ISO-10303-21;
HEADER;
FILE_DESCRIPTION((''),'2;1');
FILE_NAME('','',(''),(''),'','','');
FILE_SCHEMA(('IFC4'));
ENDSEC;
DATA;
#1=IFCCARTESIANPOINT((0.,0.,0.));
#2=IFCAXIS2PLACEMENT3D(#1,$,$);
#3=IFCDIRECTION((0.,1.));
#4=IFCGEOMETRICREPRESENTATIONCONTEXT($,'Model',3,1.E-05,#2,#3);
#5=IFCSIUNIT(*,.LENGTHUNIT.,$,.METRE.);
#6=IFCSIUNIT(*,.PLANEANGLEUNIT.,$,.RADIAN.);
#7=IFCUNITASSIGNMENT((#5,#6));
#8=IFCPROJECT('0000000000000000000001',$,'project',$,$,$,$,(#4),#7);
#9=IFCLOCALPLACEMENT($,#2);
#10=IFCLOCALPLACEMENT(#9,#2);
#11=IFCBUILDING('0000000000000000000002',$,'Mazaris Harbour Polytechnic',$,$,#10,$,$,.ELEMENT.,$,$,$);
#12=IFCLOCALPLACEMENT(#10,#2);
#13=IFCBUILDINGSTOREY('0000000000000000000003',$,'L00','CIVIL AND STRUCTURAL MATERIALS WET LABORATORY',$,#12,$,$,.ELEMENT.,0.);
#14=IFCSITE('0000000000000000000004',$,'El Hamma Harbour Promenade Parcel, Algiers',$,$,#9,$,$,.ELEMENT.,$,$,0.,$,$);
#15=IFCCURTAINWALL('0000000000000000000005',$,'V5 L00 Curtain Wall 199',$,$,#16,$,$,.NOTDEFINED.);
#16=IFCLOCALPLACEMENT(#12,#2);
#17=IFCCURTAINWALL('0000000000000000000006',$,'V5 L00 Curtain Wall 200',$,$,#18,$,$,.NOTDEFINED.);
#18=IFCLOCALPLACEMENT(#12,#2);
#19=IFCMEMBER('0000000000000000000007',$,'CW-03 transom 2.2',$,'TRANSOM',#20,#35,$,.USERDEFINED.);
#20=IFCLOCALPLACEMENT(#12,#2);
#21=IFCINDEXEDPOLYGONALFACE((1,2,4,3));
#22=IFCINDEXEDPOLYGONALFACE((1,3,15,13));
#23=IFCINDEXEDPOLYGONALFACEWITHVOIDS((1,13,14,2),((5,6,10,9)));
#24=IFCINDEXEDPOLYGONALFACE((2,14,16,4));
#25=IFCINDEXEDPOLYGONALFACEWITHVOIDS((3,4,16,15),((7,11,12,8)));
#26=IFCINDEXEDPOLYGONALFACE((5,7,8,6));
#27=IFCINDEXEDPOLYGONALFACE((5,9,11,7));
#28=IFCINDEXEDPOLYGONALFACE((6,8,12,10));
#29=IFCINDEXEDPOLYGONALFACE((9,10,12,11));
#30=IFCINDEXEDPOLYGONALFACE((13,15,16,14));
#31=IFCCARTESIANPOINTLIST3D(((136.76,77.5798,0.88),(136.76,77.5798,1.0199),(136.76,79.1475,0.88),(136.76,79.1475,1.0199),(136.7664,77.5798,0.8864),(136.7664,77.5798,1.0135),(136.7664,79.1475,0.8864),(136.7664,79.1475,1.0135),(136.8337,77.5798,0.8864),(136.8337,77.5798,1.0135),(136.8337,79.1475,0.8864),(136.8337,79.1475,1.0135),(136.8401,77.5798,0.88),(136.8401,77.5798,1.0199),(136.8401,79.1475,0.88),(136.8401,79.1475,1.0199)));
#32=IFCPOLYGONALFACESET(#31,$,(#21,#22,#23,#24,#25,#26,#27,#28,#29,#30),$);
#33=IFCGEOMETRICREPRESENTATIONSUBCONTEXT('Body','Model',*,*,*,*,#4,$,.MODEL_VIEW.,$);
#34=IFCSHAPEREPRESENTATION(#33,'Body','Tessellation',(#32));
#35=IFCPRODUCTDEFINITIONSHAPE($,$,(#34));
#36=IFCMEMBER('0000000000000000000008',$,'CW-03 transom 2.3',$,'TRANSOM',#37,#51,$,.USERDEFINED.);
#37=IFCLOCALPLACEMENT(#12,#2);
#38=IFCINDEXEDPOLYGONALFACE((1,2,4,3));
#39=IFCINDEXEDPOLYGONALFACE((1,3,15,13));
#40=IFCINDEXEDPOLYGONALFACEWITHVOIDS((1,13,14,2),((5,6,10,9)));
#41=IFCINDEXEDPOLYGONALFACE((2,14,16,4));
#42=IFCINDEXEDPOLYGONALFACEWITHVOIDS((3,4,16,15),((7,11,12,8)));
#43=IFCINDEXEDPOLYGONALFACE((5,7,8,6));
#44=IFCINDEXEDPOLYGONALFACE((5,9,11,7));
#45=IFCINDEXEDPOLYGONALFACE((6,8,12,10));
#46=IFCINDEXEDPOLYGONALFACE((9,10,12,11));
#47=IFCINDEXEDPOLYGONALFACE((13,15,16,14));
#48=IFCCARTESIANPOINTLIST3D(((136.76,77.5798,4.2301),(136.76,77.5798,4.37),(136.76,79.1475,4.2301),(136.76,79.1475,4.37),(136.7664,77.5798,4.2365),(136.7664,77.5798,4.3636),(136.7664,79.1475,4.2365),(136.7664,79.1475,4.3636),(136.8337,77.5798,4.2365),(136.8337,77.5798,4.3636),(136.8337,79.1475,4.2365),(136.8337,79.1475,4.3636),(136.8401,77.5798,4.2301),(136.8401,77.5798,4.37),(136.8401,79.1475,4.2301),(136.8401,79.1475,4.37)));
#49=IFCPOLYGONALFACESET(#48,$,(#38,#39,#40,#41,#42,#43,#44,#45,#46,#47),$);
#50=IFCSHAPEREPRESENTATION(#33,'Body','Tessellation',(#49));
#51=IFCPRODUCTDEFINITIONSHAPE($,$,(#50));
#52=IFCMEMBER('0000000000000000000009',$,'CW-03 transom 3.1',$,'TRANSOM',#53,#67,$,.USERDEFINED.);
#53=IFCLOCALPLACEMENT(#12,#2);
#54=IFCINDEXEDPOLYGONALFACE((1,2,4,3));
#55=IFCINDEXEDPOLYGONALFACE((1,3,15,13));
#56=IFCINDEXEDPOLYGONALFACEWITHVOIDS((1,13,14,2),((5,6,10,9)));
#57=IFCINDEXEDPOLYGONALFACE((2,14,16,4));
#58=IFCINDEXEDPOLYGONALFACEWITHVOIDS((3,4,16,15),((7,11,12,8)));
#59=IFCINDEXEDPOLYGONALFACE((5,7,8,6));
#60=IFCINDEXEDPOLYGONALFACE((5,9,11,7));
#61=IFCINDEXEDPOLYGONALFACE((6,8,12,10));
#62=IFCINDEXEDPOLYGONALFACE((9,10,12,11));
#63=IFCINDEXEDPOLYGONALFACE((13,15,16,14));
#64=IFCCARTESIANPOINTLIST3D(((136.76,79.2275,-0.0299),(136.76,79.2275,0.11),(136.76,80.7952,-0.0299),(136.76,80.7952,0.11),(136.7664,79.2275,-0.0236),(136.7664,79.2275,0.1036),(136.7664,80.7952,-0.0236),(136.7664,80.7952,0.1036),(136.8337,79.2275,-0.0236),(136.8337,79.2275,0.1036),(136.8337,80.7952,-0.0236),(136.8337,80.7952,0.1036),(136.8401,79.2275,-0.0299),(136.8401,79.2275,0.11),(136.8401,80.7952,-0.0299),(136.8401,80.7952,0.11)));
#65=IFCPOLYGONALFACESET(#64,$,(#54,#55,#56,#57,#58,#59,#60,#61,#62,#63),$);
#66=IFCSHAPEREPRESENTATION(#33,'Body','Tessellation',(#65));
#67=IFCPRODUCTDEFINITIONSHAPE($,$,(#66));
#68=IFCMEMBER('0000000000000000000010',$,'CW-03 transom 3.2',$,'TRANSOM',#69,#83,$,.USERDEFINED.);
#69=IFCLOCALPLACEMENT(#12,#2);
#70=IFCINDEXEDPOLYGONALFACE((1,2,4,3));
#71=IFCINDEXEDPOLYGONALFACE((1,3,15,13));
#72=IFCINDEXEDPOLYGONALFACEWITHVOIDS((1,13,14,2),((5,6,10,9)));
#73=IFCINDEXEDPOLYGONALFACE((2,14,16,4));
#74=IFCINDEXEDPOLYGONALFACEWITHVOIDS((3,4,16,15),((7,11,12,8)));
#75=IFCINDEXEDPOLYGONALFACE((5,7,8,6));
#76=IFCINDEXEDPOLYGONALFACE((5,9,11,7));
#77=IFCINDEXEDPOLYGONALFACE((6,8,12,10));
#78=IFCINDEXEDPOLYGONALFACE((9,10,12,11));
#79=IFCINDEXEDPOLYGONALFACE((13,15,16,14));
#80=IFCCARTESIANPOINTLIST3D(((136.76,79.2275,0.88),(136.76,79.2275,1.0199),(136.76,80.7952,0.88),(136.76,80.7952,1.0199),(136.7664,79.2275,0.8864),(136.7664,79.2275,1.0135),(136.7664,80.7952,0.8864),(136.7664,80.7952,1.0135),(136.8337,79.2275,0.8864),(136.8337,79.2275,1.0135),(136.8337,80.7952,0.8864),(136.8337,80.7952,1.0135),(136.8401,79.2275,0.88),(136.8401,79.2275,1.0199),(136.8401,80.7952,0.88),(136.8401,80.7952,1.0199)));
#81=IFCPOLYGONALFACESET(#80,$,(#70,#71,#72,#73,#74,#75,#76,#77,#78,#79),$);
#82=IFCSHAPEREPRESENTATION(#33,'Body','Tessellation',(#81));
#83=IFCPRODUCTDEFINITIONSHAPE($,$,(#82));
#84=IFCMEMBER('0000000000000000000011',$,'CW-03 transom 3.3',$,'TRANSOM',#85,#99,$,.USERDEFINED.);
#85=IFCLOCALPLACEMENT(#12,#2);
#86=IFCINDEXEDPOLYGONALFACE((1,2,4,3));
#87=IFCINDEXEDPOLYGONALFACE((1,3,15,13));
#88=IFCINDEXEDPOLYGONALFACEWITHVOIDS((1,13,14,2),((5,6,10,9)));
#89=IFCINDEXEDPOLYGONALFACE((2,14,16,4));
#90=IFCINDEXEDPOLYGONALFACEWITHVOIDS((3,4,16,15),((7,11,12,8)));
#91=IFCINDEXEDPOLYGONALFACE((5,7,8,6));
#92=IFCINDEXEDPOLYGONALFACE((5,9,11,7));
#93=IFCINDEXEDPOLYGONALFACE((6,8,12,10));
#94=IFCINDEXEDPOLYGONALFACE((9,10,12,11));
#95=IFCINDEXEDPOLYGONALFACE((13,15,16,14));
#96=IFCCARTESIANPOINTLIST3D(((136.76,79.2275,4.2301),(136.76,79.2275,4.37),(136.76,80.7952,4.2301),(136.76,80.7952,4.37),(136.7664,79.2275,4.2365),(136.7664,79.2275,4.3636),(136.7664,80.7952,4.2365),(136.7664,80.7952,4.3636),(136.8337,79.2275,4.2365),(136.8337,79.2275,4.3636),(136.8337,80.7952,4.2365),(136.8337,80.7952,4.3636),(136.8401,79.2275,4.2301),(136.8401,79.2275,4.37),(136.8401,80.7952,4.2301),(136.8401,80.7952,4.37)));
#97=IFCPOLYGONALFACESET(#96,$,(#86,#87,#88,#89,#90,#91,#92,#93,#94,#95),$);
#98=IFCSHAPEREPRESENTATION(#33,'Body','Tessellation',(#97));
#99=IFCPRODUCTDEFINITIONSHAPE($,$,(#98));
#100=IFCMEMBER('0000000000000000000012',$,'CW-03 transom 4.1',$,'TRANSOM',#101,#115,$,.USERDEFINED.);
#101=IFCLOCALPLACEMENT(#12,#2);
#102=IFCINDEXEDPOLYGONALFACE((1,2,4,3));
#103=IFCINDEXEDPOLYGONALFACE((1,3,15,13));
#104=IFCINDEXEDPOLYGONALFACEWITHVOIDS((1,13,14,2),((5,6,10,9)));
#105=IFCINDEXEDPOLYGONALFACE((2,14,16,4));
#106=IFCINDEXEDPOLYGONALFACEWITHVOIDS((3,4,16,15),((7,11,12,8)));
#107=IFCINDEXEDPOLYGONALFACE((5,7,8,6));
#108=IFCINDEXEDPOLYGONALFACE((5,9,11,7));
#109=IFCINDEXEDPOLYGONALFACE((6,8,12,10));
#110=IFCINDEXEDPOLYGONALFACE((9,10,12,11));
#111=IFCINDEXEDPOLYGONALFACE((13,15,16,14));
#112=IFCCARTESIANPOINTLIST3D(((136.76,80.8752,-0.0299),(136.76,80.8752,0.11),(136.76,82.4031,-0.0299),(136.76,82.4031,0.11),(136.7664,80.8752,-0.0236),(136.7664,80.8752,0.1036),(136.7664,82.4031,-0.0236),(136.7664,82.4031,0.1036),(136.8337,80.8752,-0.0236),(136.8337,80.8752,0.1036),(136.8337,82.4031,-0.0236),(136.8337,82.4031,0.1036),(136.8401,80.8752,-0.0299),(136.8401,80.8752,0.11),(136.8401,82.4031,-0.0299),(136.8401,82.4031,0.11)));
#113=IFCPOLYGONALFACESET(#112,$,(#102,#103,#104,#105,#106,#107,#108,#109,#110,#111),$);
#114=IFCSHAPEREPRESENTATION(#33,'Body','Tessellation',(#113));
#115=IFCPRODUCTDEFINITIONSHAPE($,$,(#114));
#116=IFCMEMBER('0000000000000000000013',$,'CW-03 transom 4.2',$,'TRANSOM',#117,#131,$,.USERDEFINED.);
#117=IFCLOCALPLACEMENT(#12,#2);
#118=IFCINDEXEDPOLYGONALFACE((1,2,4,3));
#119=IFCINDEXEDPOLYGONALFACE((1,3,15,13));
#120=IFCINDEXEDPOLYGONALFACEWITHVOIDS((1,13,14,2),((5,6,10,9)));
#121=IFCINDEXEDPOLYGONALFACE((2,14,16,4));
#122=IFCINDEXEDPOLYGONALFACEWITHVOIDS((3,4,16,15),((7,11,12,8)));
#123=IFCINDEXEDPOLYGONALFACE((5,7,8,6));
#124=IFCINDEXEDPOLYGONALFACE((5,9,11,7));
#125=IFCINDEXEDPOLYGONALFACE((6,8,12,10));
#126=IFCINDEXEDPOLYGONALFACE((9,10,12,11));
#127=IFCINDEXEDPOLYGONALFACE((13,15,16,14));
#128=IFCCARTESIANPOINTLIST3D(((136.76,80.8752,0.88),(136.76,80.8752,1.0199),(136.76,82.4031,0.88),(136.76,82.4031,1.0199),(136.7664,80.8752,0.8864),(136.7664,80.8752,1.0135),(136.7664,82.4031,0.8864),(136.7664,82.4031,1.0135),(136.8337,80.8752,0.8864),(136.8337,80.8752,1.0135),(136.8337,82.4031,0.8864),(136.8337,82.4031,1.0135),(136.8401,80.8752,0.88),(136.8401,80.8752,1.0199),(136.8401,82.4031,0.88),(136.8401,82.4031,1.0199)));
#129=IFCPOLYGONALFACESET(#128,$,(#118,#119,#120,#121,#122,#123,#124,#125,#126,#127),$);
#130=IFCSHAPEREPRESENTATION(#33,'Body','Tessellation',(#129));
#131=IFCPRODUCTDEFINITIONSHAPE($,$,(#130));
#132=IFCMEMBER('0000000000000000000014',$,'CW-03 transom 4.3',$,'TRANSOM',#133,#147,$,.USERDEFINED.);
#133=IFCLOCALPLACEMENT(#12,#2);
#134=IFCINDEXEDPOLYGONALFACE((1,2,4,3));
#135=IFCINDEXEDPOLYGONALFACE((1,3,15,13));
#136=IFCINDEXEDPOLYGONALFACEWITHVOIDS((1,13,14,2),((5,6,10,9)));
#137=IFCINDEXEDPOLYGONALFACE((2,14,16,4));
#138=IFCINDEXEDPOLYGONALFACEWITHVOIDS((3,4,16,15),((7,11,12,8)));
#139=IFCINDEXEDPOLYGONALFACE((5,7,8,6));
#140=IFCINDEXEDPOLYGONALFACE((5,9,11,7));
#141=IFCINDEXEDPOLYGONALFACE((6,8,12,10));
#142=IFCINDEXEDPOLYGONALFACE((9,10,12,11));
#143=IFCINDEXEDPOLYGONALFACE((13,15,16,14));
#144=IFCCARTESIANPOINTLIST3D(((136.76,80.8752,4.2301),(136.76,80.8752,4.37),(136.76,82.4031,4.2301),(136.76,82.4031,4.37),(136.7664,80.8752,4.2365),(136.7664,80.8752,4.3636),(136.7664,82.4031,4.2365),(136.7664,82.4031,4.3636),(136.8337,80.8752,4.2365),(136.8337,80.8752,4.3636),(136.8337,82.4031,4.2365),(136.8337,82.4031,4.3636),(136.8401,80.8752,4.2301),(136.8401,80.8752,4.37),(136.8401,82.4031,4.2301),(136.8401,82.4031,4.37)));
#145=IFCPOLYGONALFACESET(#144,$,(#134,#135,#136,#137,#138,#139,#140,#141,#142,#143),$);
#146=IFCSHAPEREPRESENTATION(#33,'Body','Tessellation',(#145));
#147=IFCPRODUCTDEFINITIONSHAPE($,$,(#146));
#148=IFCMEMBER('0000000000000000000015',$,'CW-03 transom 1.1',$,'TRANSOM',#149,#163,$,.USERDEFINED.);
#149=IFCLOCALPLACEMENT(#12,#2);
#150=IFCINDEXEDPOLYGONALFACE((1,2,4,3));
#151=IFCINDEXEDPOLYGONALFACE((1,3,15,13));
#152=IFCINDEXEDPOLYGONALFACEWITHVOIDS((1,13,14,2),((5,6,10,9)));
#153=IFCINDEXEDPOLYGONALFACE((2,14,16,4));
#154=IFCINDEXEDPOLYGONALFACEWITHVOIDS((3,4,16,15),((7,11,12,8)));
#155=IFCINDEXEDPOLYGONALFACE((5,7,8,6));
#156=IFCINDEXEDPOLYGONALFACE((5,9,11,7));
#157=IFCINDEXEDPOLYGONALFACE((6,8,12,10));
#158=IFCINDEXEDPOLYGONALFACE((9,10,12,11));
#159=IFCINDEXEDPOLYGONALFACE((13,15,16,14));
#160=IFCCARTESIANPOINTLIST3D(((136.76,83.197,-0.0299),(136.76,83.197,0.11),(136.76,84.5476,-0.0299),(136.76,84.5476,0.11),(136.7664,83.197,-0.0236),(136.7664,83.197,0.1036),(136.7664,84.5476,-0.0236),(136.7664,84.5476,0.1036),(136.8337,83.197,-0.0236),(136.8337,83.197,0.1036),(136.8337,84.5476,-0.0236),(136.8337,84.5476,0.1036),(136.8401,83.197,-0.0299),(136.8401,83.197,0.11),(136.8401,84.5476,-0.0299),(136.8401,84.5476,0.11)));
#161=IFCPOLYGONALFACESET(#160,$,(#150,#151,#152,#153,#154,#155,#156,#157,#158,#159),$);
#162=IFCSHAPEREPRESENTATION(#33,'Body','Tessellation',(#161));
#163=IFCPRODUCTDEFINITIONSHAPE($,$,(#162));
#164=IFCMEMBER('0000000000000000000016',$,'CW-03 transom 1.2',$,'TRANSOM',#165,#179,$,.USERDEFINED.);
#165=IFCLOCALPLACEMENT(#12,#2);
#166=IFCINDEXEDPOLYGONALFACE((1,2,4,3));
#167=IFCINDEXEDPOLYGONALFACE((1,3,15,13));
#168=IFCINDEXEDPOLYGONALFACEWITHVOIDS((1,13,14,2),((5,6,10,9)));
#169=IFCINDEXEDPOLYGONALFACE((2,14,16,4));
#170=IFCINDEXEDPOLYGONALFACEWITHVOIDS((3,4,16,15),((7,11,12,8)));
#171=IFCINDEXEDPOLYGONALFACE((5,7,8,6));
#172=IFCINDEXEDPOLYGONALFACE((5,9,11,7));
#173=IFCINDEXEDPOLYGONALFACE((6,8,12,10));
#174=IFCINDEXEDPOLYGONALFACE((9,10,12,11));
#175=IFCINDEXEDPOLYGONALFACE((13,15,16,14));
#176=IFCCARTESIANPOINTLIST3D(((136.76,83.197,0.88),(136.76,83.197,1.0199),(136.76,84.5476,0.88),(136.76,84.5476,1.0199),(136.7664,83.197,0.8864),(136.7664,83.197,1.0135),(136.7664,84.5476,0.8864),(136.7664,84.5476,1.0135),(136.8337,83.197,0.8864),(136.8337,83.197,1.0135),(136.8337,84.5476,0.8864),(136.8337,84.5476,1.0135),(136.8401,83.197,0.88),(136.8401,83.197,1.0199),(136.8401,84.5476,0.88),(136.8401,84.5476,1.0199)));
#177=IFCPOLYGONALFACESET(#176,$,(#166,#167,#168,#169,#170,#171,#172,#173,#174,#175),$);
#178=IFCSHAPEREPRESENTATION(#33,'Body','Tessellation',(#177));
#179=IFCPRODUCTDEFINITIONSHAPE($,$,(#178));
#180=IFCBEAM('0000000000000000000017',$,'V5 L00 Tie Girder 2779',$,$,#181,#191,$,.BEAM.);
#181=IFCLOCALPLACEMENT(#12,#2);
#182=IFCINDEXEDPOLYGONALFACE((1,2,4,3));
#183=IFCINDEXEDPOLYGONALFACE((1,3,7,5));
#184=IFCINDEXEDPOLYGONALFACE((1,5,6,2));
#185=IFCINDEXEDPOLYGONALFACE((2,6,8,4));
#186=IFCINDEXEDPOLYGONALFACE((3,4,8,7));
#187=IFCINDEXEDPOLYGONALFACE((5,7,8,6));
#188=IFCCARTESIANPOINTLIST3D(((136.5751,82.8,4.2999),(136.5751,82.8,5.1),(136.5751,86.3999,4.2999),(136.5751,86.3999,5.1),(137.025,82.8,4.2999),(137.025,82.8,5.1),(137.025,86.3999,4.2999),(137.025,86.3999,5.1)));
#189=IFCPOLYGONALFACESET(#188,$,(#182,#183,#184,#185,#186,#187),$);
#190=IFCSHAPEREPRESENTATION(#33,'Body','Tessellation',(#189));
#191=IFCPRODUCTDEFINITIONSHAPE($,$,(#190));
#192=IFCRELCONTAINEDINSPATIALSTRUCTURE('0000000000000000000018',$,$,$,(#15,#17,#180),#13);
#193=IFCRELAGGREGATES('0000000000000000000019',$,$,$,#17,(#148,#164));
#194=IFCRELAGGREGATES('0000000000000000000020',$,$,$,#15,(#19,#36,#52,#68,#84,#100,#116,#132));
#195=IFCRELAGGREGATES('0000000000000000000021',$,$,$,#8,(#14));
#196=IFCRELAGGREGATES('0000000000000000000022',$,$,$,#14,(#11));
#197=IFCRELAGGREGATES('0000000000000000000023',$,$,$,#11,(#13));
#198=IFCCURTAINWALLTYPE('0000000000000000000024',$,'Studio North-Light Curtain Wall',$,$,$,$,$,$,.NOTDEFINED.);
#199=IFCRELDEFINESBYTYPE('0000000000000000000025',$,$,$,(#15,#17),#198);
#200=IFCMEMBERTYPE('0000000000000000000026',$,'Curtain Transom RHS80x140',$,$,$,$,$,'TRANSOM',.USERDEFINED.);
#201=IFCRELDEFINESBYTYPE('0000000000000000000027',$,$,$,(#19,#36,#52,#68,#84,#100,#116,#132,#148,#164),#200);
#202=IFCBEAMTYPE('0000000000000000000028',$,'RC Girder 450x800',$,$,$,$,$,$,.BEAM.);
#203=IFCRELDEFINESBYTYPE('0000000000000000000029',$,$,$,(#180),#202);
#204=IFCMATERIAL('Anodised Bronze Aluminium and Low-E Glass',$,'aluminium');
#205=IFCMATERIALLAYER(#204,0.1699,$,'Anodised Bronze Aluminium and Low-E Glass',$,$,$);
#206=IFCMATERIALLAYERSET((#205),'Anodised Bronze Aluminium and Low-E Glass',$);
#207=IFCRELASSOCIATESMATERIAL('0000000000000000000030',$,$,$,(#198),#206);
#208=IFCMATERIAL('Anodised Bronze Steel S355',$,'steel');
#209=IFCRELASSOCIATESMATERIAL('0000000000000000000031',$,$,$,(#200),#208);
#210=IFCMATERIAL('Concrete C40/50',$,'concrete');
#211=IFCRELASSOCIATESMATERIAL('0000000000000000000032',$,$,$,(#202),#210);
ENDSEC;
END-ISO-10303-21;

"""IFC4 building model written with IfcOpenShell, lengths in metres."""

from ifc_helpers import new_model, si_unit, direction, frame, origin, origin_2d, place, context, subcontext, project, spatial, rectangle, hollow_rectangle, extrude, material, layer, layer_set, material_profile, profile_set, type_object, element, aggregate, save


model = new_model("IFC4")

# Units and contexts
model_context = context("Model", 3, precision=1e-05, world=origin(), true_north=direction((0.0, 1.0)))
body_context = subcontext(model_context, "Body", "Model", "MODEL_VIEW")
ifc_project = project(units=[si_unit("LENGTHUNIT", "METRE"), si_unit("PLANEANGLEUNIT", "RADIAN")], contexts=[model_context])

# Site, building, storey
site_placement = place(None, origin())
site = spatial("IfcSite", under=ifc_project, at=site_placement, Name="El Hamma Harbour Promenade Parcel, Algiers", CompositionType="ELEMENT", RefElevation=0.0)
building_placement = place(site_placement, origin())
building = spatial("IfcBuilding", under=site, at=building_placement, Name="Mazaris Harbour Polytechnic", CompositionType="ELEMENT")
storey_placement = place(building_placement, origin())
storey = spatial("IfcBuildingStorey", under=building, at=storey_placement, Name="L00", Description="CIVIL AND STRUCTURAL MATERIALS WET LABORATORY", CompositionType="ELEMENT", Elevation=0.0)

# Curtain wall
ifc_material_1 = material(Name="Anodised Bronze Aluminium and Low-E Glass", Category="aluminium")
ifc_layer_1 = layer(ifc_material_1, 0.1699, Name="Anodised Bronze Aluminium and Low-E Glass")
ifc_layer_set_1 = layer_set([ifc_layer_1], Name="Anodised Bronze Aluminium and Low-E Glass")
curtain_wall_type = type_object("IfcCurtainWallType", Name="Studio North-Light Curtain Wall", PredefinedType="NOTDEFINED", material=ifc_layer_set_1)
curtain_wall_1_placement = place(storey_placement, origin())
curtain_wall_1 = element("IfcCurtainWall", 1, at=curtain_wall_1_placement, inside=storey, type_object=curtain_wall_type, Name="V5 L00 Curtain Wall 199", PredefinedType="NOTDEFINED")

# Curtain wall
curtain_wall_2_placement = place(storey_placement, origin())
curtain_wall_2 = element("IfcCurtainWall", 2, at=curtain_wall_2_placement, inside=storey, type_object=curtain_wall_type, Name="V5 L00 Curtain Wall 200", PredefinedType="NOTDEFINED")

# Members
ifc_material_2 = material(Name="Anodised Bronze Steel S355", Category="steel")
ifc_material_profile_1 = material_profile(ifc_material_2, hollow_rectangle(XDim=0.0801, YDim=0.1399, WallThickness=0.0063, at=origin_2d()), Name="RHS 80x140x6.3")
ifc_profile_set_1 = profile_set([ifc_material_profile_1], Name="Anodised Bronze Steel S355")
member_type_1 = type_object("IfcMemberType", Name="Curtain Transom RHS80x140", ElementType="TRANSOM", PredefinedType="USERDEFINED", material=ifc_profile_set_1)
member_1_placement = place(storey_placement, frame((136.8, 77.5798, 0.95), z_axis=(0.0, 1.0, 0.0), x_axis=(-1.0, 0.0, 0.0)))
member_1 = element("IfcMember", 3, at=member_1_placement, type_object=member_type_1, Name="CW-03 transom 2.2", ObjectType="TRANSOM", PredefinedType="USERDEFINED", context=body_context, shape_type="SweptSolid", body=[
    extrude(hollow_rectangle(XDim=0.0801, YDim=0.1399, WallThickness=0.0063, at=origin_2d()), origin(), (0.0, 0.0, 1.0), 1.5676),
])
member_2_placement = place(storey_placement, frame((136.8, 77.5798, 4.3), z_axis=(0.0, 1.0, 0.0), x_axis=(-1.0, 0.0, 0.0)))
member_2 = element("IfcMember", 4, at=member_2_placement, type_object=member_type_1, Name="CW-03 transom 2.3", ObjectType="TRANSOM", PredefinedType="USERDEFINED", context=body_context, shape_type="SweptSolid", body=[
    extrude(hollow_rectangle(XDim=0.0801, YDim=0.1399, WallThickness=0.0063, at=origin_2d()), origin(), (0.0, 0.0, 1.0), 1.5676),
])
member_3_placement = place(storey_placement, frame((136.8, 79.2275, 0.04), z_axis=(0.0, 1.0, 0.0), x_axis=(-1.0, 0.0, 0.0)))
member_3 = element("IfcMember", 5, at=member_3_placement, type_object=member_type_1, Name="CW-03 transom 3.1", ObjectType="TRANSOM", PredefinedType="USERDEFINED", context=body_context, shape_type="SweptSolid", body=[
    extrude(hollow_rectangle(XDim=0.0801, YDim=0.1399, WallThickness=0.0063, at=origin_2d()), origin(), (0.0, 0.0, 1.0), 1.5676),
])
member_4_placement = place(storey_placement, frame((136.8, 79.2275, 0.95), z_axis=(0.0, 1.0, 0.0), x_axis=(-1.0, 0.0, 0.0)))
member_4 = element("IfcMember", 6, at=member_4_placement, type_object=member_type_1, Name="CW-03 transom 3.2", ObjectType="TRANSOM", PredefinedType="USERDEFINED", context=body_context, shape_type="SweptSolid", body=[
    extrude(hollow_rectangle(XDim=0.0801, YDim=0.1399, WallThickness=0.0063, at=origin_2d()), origin(), (0.0, 0.0, 1.0), 1.5676),
])
member_5_placement = place(storey_placement, frame((136.8, 79.2275, 4.3), z_axis=(0.0, 1.0, 0.0), x_axis=(-1.0, 0.0, 0.0)))
member_5 = element("IfcMember", 7, at=member_5_placement, type_object=member_type_1, Name="CW-03 transom 3.3", ObjectType="TRANSOM", PredefinedType="USERDEFINED", context=body_context, shape_type="SweptSolid", body=[
    extrude(hollow_rectangle(XDim=0.0801, YDim=0.1399, WallThickness=0.0063, at=origin_2d()), origin(), (0.0, 0.0, 1.0), 1.5676),
])
member_6_placement = place(storey_placement, frame((136.8, 80.8752, 0.04), z_axis=(0.0, 1.0, 0.0), x_axis=(-1.0, 0.0, 0.0)))
member_6 = element("IfcMember", 8, at=member_6_placement, type_object=member_type_1, Name="CW-03 transom 4.1", ObjectType="TRANSOM", PredefinedType="USERDEFINED", context=body_context, shape_type="SweptSolid", body=[
    extrude(hollow_rectangle(XDim=0.0801, YDim=0.1399, WallThickness=0.0063, at=origin_2d()), origin(), (0.0, 0.0, 1.0), 1.5278),
])
member_7_placement = place(storey_placement, frame((136.8, 80.8752, 0.95), z_axis=(0.0, 1.0, 0.0), x_axis=(-1.0, 0.0, 0.0)))
member_7 = element("IfcMember", 9, at=member_7_placement, type_object=member_type_1, Name="CW-03 transom 4.2", ObjectType="TRANSOM", PredefinedType="USERDEFINED", context=body_context, shape_type="SweptSolid", body=[
    extrude(hollow_rectangle(XDim=0.0801, YDim=0.1399, WallThickness=0.0063, at=origin_2d()), origin(), (0.0, 0.0, 1.0), 1.5278),
])
member_8_placement = place(storey_placement, frame((136.8, 80.8752, 4.3), z_axis=(0.0, 1.0, 0.0), x_axis=(-1.0, 0.0, 0.0)))
member_8 = element("IfcMember", 10, at=member_8_placement, type_object=member_type_1, Name="CW-03 transom 4.3", ObjectType="TRANSOM", PredefinedType="USERDEFINED", context=body_context, shape_type="SweptSolid", body=[
    extrude(hollow_rectangle(XDim=0.0801, YDim=0.1399, WallThickness=0.0063, at=origin_2d()), origin(), (0.0, 0.0, 1.0), 1.5278),
])
member_9_placement = place(storey_placement, frame((136.8, 83.197, 0.04), z_axis=(0.0, 1.0, 0.0), x_axis=(-1.0, 0.0, 0.0)))
member_9 = element("IfcMember", 11, at=member_9_placement, type_object=member_type_1, Name="CW-03 transom 1.1", ObjectType="TRANSOM", PredefinedType="USERDEFINED", context=body_context, shape_type="SweptSolid", body=[
    extrude(hollow_rectangle(XDim=0.0801, YDim=0.1399, WallThickness=0.0063, at=origin_2d()), origin(), (0.0, 0.0, 1.0), 1.3506),
])
member_10_placement = place(storey_placement, frame((136.8, 83.197, 0.95), z_axis=(0.0, 1.0, 0.0), x_axis=(-1.0, 0.0, 0.0)))
member_10 = element("IfcMember", 12, at=member_10_placement, type_object=member_type_1, Name="CW-03 transom 1.2", ObjectType="TRANSOM", PredefinedType="USERDEFINED", context=body_context, shape_type="SweptSolid", body=[
    extrude(hollow_rectangle(XDim=0.0801, YDim=0.1399, WallThickness=0.0063, at=origin_2d()), origin(), (0.0, 0.0, 1.0), 1.3506),
])
aggregate(curtain_wall_2, [member_9, member_10])

# Beam
ifc_material_3 = material(Name="Concrete C40/50", Category="concrete")
ifc_material_profile_2 = material_profile(ifc_material_3, rectangle(XDim=0.45, YDim=0.8, at=origin_2d()), Name="RECT450x800")
ifc_profile_set_2 = profile_set([ifc_material_profile_2], Name="Concrete C40/50")
beam_type = type_object("IfcBeamType", Name="RC Girder 450x800", PredefinedType="BEAM", material=ifc_profile_set_2)
beam_placement = place(storey_placement, frame((136.8, 82.8, 4.7), z_axis=(0.0, 1.0, 0.0), x_axis=(-1.0, 0.0, 0.0)))
element("IfcBeam", 13, at=beam_placement, inside=storey, type_object=beam_type, Name="V5 L00 Tie Girder 2779", PredefinedType="BEAM", context=body_context, shape_type="SweptSolid", body=[
    extrude(rectangle(XDim=0.45, YDim=0.8, at=origin_2d()), origin(), (0.0, 0.0, 1.0), 3.5999),
])

aggregate(curtain_wall_1, [member_1, member_2, member_3, member_4, member_5, member_6, member_7, member_8])

save(model, "model.ifc")
